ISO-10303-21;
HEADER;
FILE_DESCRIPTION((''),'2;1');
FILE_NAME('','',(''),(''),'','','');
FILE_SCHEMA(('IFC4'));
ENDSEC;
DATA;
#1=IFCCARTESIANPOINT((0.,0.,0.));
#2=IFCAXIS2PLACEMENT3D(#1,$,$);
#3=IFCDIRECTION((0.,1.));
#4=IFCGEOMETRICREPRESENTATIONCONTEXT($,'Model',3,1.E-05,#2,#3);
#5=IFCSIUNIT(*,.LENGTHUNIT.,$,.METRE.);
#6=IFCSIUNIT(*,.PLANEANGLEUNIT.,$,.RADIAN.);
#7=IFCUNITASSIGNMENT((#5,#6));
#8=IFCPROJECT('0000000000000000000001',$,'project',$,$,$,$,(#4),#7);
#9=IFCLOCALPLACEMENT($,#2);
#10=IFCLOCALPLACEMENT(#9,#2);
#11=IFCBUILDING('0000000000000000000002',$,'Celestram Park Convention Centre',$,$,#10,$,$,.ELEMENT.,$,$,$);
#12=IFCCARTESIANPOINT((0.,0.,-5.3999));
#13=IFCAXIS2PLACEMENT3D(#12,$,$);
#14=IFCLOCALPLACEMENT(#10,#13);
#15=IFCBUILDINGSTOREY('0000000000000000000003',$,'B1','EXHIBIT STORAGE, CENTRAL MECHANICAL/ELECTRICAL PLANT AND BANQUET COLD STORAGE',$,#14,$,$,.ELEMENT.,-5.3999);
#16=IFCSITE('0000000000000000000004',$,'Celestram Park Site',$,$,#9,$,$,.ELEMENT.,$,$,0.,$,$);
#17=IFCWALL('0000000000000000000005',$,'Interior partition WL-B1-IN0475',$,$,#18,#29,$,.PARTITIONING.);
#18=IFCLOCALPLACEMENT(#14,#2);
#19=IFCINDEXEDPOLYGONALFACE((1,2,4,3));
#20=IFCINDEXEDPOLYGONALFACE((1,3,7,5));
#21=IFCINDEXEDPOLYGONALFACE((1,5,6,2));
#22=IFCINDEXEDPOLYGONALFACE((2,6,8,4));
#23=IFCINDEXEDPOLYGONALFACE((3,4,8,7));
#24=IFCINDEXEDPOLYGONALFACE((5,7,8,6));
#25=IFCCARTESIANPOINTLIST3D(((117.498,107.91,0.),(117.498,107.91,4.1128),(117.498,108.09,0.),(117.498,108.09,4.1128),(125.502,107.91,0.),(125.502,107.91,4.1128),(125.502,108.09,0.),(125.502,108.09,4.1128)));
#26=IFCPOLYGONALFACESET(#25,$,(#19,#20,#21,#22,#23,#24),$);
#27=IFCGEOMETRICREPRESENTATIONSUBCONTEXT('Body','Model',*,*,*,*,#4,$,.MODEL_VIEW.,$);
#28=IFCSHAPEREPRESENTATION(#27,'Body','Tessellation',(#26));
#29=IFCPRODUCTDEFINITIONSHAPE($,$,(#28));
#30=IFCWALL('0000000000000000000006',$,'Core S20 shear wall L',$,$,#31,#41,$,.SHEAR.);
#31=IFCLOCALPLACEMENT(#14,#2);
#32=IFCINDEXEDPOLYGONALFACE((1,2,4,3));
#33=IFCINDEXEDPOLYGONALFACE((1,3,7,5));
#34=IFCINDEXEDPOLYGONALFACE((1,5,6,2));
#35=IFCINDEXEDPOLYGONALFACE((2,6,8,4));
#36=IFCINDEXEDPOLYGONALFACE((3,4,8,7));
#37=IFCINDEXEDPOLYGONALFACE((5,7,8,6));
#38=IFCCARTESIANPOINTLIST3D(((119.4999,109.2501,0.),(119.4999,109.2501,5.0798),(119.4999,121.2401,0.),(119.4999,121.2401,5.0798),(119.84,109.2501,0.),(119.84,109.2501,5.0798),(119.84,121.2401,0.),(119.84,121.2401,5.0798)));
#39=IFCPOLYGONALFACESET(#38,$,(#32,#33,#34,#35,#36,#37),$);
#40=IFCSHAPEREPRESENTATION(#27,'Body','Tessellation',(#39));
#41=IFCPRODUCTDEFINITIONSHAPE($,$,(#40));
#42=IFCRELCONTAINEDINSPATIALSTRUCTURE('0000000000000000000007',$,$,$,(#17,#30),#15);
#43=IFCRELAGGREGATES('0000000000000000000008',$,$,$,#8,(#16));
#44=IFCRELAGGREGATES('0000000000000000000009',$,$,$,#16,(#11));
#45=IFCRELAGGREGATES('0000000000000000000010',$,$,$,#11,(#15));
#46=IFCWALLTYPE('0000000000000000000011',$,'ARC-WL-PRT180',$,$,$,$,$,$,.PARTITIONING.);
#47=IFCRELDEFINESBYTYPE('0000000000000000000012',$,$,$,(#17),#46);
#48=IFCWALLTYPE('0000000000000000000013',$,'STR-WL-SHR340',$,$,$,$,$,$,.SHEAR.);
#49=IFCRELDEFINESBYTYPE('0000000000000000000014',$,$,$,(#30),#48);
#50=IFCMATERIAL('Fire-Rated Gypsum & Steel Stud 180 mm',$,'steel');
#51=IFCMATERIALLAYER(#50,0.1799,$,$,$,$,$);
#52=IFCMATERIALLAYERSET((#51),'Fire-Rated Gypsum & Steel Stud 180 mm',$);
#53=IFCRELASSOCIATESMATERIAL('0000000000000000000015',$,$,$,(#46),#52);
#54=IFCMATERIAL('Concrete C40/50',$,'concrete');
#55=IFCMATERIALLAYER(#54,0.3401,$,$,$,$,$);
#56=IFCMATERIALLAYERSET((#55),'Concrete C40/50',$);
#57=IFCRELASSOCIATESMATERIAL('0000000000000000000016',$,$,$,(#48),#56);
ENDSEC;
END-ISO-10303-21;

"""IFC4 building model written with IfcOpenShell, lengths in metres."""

from ifc_helpers import new_model, si_unit, direction, frame, frame_2d, origin, place, context, subcontext, project, spatial, rectangle, extrude, material, layer, layer_set, type_object, element, save


model = new_model("IFC4")

# Units and contexts
model_context = context("Model", 3, precision=1e-05, world=origin(), true_north=direction((0.0, 1.0)))
body_context = subcontext(model_context, "Body", "Model", "MODEL_VIEW")
ifc_project = project(units=[si_unit("LENGTHUNIT", "METRE"), si_unit("PLANEANGLEUNIT", "RADIAN")], contexts=[model_context])

# Site, building, storey
site_placement = place(None, origin())
site = spatial("IfcSite", under=ifc_project, at=site_placement, Name="Celestram Park Site", CompositionType="ELEMENT", RefElevation=0.0)
building_placement = place(site_placement, origin())
building = spatial("IfcBuilding", under=site, at=building_placement, Name="Celestram Park Convention Centre", CompositionType="ELEMENT")
storey_placement = place(building_placement, frame((0.0, 0.0, -5.3999)))
storey = spatial("IfcBuildingStorey", under=building, at=storey_placement, Name="B1", Description="EXHIBIT STORAGE, CENTRAL MECHANICAL/ELECTRICAL PLANT AND BANQUET COLD STORAGE", CompositionType="ELEMENT", Elevation=-5.3999)

# Shared definitions
ifc_material_1 = material(Name="Concrete C40/50", Category="concrete")

# Walls
ifc_material_2 = material(Name="Fire-Rated Gypsum & Steel Stud 180 mm", Category="steel")
ifc_layer_1 = layer(ifc_material_2, 0.1799)
ifc_layer_set_1 = layer_set([ifc_layer_1], Name="Fire-Rated Gypsum & Steel Stud 180 mm")
wall_type_1 = type_object("IfcWallType", Name="ARC-WL-PRT180", PredefinedType="PARTITIONING", material=ifc_layer_set_1)
wall_1_placement = place(storey_placement, frame((117.498, 108.0, 0.0), z_axis=(0.0, 0.0, 1.0), x_axis=(1.0, 0.0, 0.0)))
element("IfcWall", 1, at=wall_1_placement, inside=storey, type_object=wall_type_1, Name="Interior partition WL-B1-IN0475", PredefinedType="PARTITIONING", context=body_context, shape_type="SweptSolid", body=[
    extrude(rectangle(XDim=8.0039, YDim=0.1799, at=frame_2d((4.002, 0.0))), origin(), (0.0, 0.0, 1.0), 4.1128),
])
ifc_layer_2 = layer(ifc_material_1, 0.3401)
ifc_layer_set_2 = layer_set([ifc_layer_2], Name="Concrete C40/50")
wall_type_2 = type_object("IfcWallType", Name="STR-WL-SHR340", PredefinedType="SHEAR", material=ifc_layer_set_2)
wall_2_placement = place(storey_placement, frame((119.6699, 109.25, 0.0), z_axis=(0.0, 0.0, 1.0), x_axis=(0.0, 1.0, 0.0)))
element("IfcWall", 2, at=wall_2_placement, inside=storey, type_object=wall_type_2, Name="Core S20 shear wall L", PredefinedType="SHEAR", context=body_context, shape_type="SweptSolid", body=[
    extrude(rectangle(XDim=11.99, YDim=0.3401, at=frame_2d((5.9951, 0.0))), origin(), (0.0, 0.0, 1.0), 5.0798),
])

save(model, "model.ifc")
